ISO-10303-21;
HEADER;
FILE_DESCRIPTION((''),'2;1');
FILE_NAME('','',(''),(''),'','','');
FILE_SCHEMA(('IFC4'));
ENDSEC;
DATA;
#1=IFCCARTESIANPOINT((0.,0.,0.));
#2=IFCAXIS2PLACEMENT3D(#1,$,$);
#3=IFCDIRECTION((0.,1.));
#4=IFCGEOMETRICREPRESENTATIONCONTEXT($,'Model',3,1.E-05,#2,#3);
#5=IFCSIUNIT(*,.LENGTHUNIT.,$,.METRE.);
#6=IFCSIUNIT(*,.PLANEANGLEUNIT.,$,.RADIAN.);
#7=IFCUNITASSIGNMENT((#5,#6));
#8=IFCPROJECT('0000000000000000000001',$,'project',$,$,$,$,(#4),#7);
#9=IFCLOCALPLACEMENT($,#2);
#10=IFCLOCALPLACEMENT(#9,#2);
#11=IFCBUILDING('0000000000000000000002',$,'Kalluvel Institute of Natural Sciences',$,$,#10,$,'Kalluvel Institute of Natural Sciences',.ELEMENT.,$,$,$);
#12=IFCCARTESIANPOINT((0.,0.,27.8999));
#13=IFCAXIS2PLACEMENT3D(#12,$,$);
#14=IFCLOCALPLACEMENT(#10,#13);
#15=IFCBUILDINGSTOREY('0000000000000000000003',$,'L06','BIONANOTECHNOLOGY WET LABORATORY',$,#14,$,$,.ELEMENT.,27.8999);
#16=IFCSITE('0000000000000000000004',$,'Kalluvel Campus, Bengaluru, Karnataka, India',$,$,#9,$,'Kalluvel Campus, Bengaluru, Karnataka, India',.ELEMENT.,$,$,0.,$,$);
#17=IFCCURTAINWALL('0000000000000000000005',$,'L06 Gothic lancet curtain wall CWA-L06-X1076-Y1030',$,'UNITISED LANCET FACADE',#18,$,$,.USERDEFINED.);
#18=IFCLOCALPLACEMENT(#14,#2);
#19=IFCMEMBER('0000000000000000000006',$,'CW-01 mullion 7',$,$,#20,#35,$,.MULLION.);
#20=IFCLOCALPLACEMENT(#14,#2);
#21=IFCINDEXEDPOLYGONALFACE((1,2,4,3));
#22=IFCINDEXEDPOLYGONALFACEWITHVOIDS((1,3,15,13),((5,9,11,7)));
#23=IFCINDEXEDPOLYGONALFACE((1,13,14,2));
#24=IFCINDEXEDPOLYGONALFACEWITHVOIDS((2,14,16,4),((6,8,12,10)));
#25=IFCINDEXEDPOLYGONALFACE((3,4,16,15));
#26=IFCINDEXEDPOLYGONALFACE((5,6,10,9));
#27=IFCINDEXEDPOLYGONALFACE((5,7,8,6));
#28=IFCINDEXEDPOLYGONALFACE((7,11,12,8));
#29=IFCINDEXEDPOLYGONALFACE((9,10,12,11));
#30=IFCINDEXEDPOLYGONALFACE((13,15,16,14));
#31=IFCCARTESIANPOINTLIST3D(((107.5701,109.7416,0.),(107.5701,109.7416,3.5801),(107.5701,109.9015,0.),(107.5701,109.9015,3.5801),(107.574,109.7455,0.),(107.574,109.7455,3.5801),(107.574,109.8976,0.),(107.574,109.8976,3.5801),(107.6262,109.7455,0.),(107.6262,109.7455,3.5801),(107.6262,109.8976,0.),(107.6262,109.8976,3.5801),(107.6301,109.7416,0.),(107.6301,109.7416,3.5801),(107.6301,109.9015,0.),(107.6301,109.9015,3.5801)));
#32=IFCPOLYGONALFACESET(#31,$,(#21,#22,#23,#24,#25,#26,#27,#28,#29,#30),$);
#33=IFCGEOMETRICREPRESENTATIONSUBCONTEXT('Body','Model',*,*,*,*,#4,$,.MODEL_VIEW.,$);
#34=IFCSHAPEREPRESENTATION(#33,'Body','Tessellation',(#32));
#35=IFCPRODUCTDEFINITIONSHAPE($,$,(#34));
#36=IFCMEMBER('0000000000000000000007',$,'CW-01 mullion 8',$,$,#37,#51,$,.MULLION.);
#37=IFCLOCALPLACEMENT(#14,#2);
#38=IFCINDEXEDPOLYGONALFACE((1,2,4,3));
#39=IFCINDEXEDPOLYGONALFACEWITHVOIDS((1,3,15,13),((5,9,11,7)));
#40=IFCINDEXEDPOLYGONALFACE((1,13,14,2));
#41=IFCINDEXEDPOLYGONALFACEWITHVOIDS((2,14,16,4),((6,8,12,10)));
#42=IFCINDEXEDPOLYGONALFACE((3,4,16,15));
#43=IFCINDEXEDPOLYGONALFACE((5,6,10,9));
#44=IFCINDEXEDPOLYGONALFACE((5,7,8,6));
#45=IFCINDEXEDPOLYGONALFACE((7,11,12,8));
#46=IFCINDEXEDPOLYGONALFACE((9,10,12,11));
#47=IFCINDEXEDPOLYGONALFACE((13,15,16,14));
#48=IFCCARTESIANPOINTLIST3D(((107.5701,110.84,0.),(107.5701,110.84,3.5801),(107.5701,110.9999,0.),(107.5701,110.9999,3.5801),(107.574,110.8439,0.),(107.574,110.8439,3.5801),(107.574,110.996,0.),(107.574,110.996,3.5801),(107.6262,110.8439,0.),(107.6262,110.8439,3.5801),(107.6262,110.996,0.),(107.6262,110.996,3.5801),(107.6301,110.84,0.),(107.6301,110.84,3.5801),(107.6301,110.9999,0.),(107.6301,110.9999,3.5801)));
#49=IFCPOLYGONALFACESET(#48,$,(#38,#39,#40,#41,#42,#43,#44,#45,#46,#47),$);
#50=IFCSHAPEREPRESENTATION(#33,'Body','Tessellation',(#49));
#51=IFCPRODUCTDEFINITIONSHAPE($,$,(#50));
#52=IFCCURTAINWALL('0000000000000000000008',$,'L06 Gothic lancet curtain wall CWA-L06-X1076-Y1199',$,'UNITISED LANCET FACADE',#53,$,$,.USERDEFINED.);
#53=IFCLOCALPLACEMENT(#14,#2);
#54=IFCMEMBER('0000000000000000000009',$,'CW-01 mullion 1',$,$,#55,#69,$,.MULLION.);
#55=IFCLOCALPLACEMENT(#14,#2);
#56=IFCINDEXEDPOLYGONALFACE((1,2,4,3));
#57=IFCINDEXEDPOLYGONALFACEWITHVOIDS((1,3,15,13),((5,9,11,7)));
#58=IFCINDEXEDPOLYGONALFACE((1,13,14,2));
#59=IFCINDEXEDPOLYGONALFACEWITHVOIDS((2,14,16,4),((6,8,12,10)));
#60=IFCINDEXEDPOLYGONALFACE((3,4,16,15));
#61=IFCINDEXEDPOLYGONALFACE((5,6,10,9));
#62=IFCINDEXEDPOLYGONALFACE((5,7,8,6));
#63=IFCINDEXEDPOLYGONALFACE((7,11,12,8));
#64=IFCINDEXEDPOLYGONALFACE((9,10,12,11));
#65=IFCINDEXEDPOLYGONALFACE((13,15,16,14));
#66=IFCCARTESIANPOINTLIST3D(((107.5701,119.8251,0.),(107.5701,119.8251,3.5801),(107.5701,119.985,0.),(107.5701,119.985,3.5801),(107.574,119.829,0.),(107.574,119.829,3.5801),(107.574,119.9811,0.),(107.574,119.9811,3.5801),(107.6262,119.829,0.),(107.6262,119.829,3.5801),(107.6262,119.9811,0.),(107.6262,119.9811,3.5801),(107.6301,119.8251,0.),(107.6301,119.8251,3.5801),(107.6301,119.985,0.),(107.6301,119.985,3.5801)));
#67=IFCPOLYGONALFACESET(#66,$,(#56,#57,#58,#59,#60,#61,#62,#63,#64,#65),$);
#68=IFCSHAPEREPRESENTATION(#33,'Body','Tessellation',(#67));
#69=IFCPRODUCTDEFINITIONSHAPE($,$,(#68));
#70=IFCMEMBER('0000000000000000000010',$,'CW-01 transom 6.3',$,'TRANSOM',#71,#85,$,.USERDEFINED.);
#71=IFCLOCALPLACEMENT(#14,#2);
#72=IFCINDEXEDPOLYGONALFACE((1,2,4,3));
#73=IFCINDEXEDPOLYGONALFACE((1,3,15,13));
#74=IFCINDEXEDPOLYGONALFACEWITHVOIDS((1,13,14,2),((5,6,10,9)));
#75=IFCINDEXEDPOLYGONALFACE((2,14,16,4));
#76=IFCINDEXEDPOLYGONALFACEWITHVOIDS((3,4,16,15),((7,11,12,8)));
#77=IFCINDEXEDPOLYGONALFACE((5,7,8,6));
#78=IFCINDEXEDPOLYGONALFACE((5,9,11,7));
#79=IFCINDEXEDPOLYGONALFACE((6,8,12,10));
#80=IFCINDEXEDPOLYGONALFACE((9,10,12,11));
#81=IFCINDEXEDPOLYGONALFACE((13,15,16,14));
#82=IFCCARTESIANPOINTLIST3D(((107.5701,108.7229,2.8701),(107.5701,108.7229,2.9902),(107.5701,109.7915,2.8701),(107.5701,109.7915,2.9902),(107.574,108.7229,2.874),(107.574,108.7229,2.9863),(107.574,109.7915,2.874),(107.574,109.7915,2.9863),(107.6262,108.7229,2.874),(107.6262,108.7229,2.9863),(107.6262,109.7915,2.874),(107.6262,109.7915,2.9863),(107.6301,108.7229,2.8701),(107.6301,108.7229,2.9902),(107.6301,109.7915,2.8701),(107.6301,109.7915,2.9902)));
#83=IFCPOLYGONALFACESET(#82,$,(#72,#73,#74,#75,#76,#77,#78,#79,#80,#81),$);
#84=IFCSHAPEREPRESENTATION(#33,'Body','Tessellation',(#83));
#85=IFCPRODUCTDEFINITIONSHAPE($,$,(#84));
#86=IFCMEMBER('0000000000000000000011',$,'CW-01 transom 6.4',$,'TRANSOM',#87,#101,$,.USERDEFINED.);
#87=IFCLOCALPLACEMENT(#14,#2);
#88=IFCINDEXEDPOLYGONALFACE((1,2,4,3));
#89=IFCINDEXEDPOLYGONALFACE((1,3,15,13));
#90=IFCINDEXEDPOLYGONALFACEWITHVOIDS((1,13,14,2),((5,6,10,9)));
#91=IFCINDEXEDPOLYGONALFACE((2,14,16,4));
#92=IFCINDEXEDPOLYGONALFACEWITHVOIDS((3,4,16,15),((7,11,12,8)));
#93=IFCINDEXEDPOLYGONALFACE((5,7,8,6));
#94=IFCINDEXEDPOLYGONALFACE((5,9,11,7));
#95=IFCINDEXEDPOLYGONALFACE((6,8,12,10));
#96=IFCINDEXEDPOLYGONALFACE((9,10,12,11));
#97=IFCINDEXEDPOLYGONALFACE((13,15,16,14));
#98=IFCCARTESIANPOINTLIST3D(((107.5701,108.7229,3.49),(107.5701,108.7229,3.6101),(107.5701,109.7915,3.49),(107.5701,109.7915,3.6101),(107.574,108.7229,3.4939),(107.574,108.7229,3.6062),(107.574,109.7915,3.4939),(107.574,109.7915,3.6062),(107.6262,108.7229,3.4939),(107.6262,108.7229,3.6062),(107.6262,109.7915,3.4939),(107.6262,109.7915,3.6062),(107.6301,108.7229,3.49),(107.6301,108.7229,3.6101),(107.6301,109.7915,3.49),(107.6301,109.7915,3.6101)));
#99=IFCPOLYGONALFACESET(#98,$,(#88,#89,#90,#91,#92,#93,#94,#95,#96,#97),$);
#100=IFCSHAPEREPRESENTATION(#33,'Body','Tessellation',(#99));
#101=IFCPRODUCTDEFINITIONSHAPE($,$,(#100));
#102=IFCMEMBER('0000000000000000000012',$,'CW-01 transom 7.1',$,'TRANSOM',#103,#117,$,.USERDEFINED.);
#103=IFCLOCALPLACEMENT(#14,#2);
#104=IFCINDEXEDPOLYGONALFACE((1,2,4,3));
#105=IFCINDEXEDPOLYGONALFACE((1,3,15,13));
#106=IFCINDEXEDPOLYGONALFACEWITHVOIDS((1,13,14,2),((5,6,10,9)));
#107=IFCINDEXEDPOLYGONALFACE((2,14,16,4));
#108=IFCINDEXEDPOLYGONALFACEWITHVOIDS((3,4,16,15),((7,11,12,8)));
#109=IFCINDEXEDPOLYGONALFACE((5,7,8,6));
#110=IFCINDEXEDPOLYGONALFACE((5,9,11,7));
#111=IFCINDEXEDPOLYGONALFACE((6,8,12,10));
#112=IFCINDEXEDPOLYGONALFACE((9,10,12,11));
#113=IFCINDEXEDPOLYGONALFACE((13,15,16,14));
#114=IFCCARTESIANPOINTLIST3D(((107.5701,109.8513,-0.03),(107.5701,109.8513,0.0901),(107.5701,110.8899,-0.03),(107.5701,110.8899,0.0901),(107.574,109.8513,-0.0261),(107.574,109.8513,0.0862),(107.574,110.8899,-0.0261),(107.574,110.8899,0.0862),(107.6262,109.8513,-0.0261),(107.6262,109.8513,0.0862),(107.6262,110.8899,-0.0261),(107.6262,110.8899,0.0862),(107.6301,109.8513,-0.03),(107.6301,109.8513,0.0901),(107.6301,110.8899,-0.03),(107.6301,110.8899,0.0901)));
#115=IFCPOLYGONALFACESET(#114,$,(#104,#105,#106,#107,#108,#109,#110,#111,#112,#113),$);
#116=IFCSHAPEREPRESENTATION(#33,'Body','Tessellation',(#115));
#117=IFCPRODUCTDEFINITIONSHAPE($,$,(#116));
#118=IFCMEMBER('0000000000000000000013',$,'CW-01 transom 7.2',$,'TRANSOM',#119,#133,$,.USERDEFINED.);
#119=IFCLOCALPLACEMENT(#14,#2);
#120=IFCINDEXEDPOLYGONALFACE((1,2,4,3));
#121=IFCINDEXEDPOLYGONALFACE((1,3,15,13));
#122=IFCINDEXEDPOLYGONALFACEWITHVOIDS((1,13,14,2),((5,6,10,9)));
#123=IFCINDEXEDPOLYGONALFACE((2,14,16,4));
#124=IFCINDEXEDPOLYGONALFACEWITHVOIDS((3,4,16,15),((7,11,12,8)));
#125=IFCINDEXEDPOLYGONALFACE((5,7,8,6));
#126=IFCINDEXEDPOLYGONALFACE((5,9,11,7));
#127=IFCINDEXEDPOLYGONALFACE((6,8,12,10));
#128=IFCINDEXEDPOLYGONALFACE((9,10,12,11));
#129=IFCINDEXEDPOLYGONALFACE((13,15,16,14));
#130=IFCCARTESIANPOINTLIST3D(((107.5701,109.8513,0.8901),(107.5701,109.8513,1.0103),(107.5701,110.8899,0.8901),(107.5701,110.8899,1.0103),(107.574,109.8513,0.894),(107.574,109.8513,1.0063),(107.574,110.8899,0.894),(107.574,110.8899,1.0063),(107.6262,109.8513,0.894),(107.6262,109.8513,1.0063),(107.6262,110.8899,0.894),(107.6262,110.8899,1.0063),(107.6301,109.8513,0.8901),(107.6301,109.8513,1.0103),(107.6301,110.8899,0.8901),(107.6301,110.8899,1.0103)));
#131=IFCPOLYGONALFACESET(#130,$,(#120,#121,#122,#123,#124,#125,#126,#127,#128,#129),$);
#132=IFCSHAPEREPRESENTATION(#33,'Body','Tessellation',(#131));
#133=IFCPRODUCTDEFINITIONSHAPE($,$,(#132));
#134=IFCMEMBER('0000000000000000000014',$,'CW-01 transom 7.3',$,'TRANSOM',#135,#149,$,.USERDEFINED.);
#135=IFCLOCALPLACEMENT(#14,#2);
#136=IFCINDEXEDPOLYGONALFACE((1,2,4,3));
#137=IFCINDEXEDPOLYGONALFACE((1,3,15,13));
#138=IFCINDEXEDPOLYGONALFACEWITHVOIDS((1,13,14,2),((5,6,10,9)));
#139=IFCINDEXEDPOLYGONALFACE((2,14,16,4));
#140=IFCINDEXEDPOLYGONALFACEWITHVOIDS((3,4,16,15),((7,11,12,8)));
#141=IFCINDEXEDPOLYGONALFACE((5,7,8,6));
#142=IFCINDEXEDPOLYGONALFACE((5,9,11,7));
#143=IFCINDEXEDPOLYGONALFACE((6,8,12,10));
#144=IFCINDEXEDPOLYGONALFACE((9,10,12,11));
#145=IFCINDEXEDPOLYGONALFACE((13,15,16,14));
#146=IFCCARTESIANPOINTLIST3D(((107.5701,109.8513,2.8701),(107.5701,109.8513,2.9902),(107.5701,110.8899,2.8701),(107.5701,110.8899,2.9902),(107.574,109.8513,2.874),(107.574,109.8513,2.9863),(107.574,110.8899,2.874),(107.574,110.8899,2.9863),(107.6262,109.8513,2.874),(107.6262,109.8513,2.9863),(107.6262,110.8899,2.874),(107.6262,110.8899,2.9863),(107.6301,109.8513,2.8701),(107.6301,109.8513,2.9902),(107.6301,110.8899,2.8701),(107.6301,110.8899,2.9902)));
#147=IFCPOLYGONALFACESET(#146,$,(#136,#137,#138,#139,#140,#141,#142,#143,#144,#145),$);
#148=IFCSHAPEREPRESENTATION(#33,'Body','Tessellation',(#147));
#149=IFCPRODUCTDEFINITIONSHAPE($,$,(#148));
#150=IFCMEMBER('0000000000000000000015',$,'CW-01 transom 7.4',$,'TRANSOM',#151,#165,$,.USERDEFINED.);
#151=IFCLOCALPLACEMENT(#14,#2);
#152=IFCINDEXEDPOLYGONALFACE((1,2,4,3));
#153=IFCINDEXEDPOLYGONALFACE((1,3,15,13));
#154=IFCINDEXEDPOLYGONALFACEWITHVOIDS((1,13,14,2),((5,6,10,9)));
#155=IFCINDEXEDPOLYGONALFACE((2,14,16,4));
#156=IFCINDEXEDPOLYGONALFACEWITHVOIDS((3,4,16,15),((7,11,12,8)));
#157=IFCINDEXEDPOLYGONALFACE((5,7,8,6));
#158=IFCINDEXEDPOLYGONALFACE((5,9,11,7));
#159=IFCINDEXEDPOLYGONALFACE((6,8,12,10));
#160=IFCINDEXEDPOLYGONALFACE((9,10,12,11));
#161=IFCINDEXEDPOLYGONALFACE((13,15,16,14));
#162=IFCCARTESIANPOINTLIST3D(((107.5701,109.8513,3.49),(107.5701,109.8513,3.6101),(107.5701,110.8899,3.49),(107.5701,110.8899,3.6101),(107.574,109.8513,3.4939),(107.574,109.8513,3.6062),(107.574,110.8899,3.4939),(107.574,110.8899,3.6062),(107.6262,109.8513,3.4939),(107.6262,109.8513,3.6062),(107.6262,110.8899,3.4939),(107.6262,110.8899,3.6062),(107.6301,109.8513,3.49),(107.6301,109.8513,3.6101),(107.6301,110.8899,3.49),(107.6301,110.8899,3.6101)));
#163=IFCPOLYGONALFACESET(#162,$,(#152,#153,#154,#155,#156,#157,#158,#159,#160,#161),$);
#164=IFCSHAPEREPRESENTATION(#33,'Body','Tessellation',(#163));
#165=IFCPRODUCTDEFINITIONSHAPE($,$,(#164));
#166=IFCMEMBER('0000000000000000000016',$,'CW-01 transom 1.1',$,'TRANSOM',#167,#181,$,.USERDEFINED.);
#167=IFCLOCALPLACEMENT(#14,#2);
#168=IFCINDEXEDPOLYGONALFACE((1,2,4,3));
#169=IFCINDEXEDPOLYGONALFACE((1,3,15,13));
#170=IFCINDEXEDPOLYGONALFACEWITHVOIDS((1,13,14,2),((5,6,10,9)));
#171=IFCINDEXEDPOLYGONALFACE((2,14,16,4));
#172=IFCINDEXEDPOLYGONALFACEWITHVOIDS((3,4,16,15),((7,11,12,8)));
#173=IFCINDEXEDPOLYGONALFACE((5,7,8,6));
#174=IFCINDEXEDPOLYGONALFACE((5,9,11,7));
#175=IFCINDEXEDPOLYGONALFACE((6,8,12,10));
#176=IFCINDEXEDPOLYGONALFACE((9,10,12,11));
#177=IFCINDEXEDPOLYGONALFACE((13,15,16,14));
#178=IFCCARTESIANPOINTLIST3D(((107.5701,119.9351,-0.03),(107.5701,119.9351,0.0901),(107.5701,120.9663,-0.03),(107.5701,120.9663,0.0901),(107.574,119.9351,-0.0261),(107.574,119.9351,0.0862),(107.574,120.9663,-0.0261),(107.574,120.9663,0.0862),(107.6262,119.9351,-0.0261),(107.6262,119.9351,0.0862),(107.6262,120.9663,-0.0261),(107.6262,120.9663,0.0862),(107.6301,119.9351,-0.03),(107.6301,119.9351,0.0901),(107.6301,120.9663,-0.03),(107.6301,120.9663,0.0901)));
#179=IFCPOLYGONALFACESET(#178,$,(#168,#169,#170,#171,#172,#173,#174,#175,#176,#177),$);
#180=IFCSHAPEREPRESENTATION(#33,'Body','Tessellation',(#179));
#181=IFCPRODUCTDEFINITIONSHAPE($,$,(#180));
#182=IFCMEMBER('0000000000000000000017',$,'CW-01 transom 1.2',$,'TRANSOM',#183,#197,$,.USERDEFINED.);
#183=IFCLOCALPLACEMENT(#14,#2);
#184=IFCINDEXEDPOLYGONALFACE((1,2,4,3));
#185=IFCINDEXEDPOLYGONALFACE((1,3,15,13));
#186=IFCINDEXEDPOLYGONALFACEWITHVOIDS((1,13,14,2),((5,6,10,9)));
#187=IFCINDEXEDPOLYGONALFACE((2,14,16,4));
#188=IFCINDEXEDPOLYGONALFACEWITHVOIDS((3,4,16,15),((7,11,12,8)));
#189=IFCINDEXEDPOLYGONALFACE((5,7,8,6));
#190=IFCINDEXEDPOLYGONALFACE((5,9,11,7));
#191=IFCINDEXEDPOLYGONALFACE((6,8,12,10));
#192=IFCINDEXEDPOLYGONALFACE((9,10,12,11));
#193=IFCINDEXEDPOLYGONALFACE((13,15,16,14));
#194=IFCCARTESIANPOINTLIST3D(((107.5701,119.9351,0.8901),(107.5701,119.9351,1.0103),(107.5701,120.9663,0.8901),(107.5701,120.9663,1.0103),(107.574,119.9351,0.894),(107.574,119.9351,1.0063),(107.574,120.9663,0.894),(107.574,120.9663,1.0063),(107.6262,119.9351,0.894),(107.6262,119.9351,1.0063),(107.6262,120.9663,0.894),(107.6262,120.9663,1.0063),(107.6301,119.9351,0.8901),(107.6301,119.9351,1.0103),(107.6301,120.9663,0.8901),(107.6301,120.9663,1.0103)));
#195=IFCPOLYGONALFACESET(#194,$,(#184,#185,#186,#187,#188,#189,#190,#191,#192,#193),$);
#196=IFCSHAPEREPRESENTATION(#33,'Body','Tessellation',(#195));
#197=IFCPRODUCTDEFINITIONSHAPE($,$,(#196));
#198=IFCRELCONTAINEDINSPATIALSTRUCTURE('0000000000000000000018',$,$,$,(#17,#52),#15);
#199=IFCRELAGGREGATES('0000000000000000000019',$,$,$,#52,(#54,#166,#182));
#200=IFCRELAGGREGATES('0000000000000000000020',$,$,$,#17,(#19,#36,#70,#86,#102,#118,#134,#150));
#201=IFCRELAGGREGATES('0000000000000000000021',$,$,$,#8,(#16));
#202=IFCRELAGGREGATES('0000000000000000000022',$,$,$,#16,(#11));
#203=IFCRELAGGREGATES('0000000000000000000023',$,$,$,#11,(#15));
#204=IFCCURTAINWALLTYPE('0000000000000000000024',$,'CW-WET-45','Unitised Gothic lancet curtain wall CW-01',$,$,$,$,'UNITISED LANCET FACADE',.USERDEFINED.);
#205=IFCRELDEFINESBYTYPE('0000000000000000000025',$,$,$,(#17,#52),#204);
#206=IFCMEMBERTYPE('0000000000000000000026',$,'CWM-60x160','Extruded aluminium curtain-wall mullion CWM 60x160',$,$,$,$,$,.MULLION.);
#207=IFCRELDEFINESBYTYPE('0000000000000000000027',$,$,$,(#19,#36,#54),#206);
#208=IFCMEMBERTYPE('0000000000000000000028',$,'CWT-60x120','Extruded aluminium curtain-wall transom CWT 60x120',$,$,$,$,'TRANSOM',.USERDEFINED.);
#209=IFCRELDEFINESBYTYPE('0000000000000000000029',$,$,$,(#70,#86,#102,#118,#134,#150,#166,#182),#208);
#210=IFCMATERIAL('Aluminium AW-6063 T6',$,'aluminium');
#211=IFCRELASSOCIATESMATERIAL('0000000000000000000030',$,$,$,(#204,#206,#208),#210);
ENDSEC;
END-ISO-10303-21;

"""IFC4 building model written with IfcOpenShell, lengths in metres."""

from ifc_helpers import new_model, si_unit, direction, frame, origin, origin_2d, place, context, subcontext, project, spatial, hollow_rectangle, extrude, material, material_profile, profile_set, type_object, element, aggregate, save


model = new_model("IFC4")

# Units and contexts
model_context = context("Model", 3, precision=1e-05, world=origin(), true_north=direction((0.0, 1.0)))
body_context = subcontext(model_context, "Body", "Model", "MODEL_VIEW")
ifc_project = project(units=[si_unit("LENGTHUNIT", "METRE"), si_unit("PLANEANGLEUNIT", "RADIAN")], contexts=[model_context])

# Site, building, storey
site_placement = place(None, origin())
site = spatial("IfcSite", under=ifc_project, at=site_placement, Name="Kalluvel Campus, Bengaluru, Karnataka, India", LongName="Kalluvel Campus, Bengaluru, Karnataka, India", CompositionType="ELEMENT", RefElevation=0.0)
building_placement = place(site_placement, origin())
building = spatial("IfcBuilding", under=site, at=building_placement, Name="Kalluvel Institute of Natural Sciences", LongName="Kalluvel Institute of Natural Sciences", CompositionType="ELEMENT")
storey_placement = place(building_placement, frame((0.0, 0.0, 27.8999)))
storey = spatial("IfcBuildingStorey", under=building, at=storey_placement, Name="L06", Description="BIONANOTECHNOLOGY WET LABORATORY", CompositionType="ELEMENT", Elevation=27.8999)

# Curtain wall, members
ifc_material_1 = material(Name="Aluminium AW-6063 T6", Category="aluminium")
curtain_wall_type = type_object("IfcCurtainWallType", Name="CW-WET-45", Description="Unitised Gothic lancet curtain wall CW-01", ElementType="UNITISED LANCET FACADE", PredefinedType="USERDEFINED", material=ifc_material_1)
curtain_wall_1_placement = place(storey_placement, origin())
curtain_wall_1 = element("IfcCurtainWall", 1, at=curtain_wall_1_placement, inside=storey, type_object=curtain_wall_type, Name="L06 Gothic lancet curtain wall CWA-L06-X1076-Y1030", ObjectType="UNITISED LANCET FACADE", PredefinedType="USERDEFINED")
ifc_material_profile_1 = material_profile(ifc_material_1, hollow_rectangle(XDim=0.0601, YDim=0.1599, WallThickness=0.0039, at=origin_2d()), Name="CWM 60x160")
ifc_profile_set_1 = profile_set([ifc_material_profile_1], Name="Aluminium AW-6063 T6")
member_type_1 = type_object("IfcMemberType", Name="CWM-60x160", Description="Extruded aluminium curtain-wall mullion CWM 60x160", PredefinedType="MULLION", material=ifc_profile_set_1)
member_1_placement = place(storey_placement, frame((107.6001, 109.8215, 0.0), z_axis=(0.0, 0.0, 1.0), x_axis=(-1.0, 0.0, 0.0)))
member_1 = element("IfcMember", 2, at=member_1_placement, type_object=member_type_1, Name="CW-01 mullion 7", PredefinedType="MULLION", context=body_context, shape_type="SweptSolid", body=[
    extrude(hollow_rectangle(XDim=0.0601, YDim=0.1599, WallThickness=0.0039, at=origin_2d()), origin(), (0.0, 0.0, 1.0), 3.5801),
])
member_2_placement = place(storey_placement, frame((107.6001, 110.9199, 0.0), z_axis=(0.0, 0.0, 1.0), x_axis=(-1.0, 0.0, 0.0)))
member_2 = element("IfcMember", 3, at=member_2_placement, type_object=member_type_1, Name="CW-01 mullion 8", PredefinedType="MULLION", context=body_context, shape_type="SweptSolid", body=[
    extrude(hollow_rectangle(XDim=0.0601, YDim=0.1599, WallThickness=0.0039, at=origin_2d()), origin(), (0.0, 0.0, 1.0), 3.5801),
])

# Curtain wall, member
curtain_wall_2_placement = place(storey_placement, origin())
curtain_wall_2 = element("IfcCurtainWall", 4, at=curtain_wall_2_placement, inside=storey, type_object=curtain_wall_type, Name="L06 Gothic lancet curtain wall CWA-L06-X1076-Y1199", ObjectType="UNITISED LANCET FACADE", PredefinedType="USERDEFINED")
member_3_placement = place(storey_placement, frame((107.6001, 119.905, 0.0), z_axis=(0.0, 0.0, 1.0), x_axis=(-1.0, 0.0, 0.0)))
member_3 = element("IfcMember", 5, at=member_3_placement, type_object=member_type_1, Name="CW-01 mullion 1", PredefinedType="MULLION", context=body_context, shape_type="SweptSolid", body=[
    extrude(hollow_rectangle(XDim=0.0601, YDim=0.1599, WallThickness=0.0039, at=origin_2d()), origin(), (0.0, 0.0, 1.0), 3.5801),
])

# Members
ifc_material_profile_2 = material_profile(ifc_material_1, hollow_rectangle(XDim=0.0601, YDim=0.1201, WallThickness=0.0039, at=origin_2d()), Name="CWT 60x120")
ifc_profile_set_2 = profile_set([ifc_material_profile_2], Name="Aluminium AW-6063 T6")
member_type_2 = type_object("IfcMemberType", Name="CWT-60x120", Description="Extruded aluminium curtain-wall transom CWT 60x120", ElementType="TRANSOM", PredefinedType="USERDEFINED", material=ifc_profile_set_2)
member_4_placement = place(storey_placement, frame((107.6001, 108.7229, 2.9302), z_axis=(0.0, 1.0, 0.0), x_axis=(-1.0, 0.0, 0.0)))
member_4 = element("IfcMember", 6, at=member_4_placement, type_object=member_type_2, Name="CW-01 transom 6.3", ObjectType="TRANSOM", PredefinedType="USERDEFINED", context=body_context, shape_type="SweptSolid", body=[
    extrude(hollow_rectangle(XDim=0.0601, YDim=0.1201, WallThickness=0.0039, at=origin_2d()), origin(), (0.0, 0.0, 1.0), 1.0686),
])
member_5_placement = place(storey_placement, frame((107.6001, 108.7229, 3.55), z_axis=(0.0, 1.0, 0.0), x_axis=(-1.0, 0.0, 0.0)))
member_5 = element("IfcMember", 7, at=member_5_placement, type_object=member_type_2, Name="CW-01 transom 6.4", ObjectType="TRANSOM", PredefinedType="USERDEFINED", context=body_context, shape_type="SweptSolid", body=[
    extrude(hollow_rectangle(XDim=0.0601, YDim=0.1201, WallThickness=0.0039, at=origin_2d()), origin(), (0.0, 0.0, 1.0), 1.0686),
])
member_6_placement = place(storey_placement, frame((107.6001, 109.8513, 0.03), z_axis=(0.0, 1.0, 0.0), x_axis=(-1.0, 0.0, 0.0)))
member_6 = element("IfcMember", 8, at=member_6_placement, type_object=member_type_2, Name="CW-01 transom 7.1", ObjectType="TRANSOM", PredefinedType="USERDEFINED", context=body_context, shape_type="SweptSolid", body=[
    extrude(hollow_rectangle(XDim=0.0601, YDim=0.1201, WallThickness=0.0039, at=origin_2d()), origin(), (0.0, 0.0, 1.0), 1.0386),
])
member_7_placement = place(storey_placement, frame((107.6001, 109.8513, 0.9502), z_axis=(0.0, 1.0, 0.0), x_axis=(-1.0, 0.0, 0.0)))
member_7 = element("IfcMember", 9, at=member_7_placement, type_object=member_type_2, Name="CW-01 transom 7.2", ObjectType="TRANSOM", PredefinedType="USERDEFINED", context=body_context, shape_type="SweptSolid", body=[
    extrude(hollow_rectangle(XDim=0.0601, YDim=0.1201, WallThickness=0.0039, at=origin_2d()), origin(), (0.0, 0.0, 1.0), 1.0386),
])
member_8_placement = place(storey_placement, frame((107.6001, 109.8513, 2.9302), z_axis=(0.0, 1.0, 0.0), x_axis=(-1.0, 0.0, 0.0)))
member_8 = element("IfcMember", 10, at=member_8_placement, type_object=member_type_2, Name="CW-01 transom 7.3", ObjectType="TRANSOM", PredefinedType="USERDEFINED", context=body_context, shape_type="SweptSolid", body=[
    extrude(hollow_rectangle(XDim=0.0601, YDim=0.1201, WallThickness=0.0039, at=origin_2d()), origin(), (0.0, 0.0, 1.0), 1.0386),
])
member_9_placement = place(storey_placement, frame((107.6001, 109.8513, 3.55), z_axis=(0.0, 1.0, 0.0), x_axis=(-1.0, 0.0, 0.0)))
member_9 = element("IfcMember", 11, at=member_9_placement, type_object=member_type_2, Name="CW-01 transom 7.4", ObjectType="TRANSOM", PredefinedType="USERDEFINED", context=body_context, shape_type="SweptSolid", body=[
    extrude(hollow_rectangle(XDim=0.0601, YDim=0.1201, WallThickness=0.0039, at=origin_2d()), origin(), (0.0, 0.0, 1.0), 1.0386),
])
member_10_placement = place(storey_placement, frame((107.6001, 119.9351, 0.03), z_axis=(0.0, 1.0, 0.0), x_axis=(-1.0, 0.0, 0.0)))
member_10 = element("IfcMember", 12, at=member_10_placement, type_object=member_type_2, Name="CW-01 transom 1.1", ObjectType="TRANSOM", PredefinedType="USERDEFINED", context=body_context, shape_type="SweptSolid", body=[
    extrude(hollow_rectangle(XDim=0.0601, YDim=0.1201, WallThickness=0.0039, at=origin_2d()), origin(), (0.0, 0.0, 1.0), 1.0312),
])
member_11_placement = place(storey_placement, frame((107.6001, 119.9351, 0.9502), z_axis=(0.0, 1.0, 0.0), x_axis=(-1.0, 0.0, 0.0)))
member_11 = element("IfcMember", 13, at=member_11_placement, type_object=member_type_2, Name="CW-01 transom 1.2", ObjectType="TRANSOM", PredefinedType="USERDEFINED", context=body_context, shape_type="SweptSolid", body=[
    extrude(hollow_rectangle(XDim=0.0601, YDim=0.1201, WallThickness=0.0039, at=origin_2d()), origin(), (0.0, 0.0, 1.0), 1.0312),
])
aggregate(curtain_wall_2, [member_3, member_10, member_11])

aggregate(curtain_wall_1, [member_1, member_2, member_4, member_5, member_6, member_7, member_8, member_9])

save(model, "model.ifc")
